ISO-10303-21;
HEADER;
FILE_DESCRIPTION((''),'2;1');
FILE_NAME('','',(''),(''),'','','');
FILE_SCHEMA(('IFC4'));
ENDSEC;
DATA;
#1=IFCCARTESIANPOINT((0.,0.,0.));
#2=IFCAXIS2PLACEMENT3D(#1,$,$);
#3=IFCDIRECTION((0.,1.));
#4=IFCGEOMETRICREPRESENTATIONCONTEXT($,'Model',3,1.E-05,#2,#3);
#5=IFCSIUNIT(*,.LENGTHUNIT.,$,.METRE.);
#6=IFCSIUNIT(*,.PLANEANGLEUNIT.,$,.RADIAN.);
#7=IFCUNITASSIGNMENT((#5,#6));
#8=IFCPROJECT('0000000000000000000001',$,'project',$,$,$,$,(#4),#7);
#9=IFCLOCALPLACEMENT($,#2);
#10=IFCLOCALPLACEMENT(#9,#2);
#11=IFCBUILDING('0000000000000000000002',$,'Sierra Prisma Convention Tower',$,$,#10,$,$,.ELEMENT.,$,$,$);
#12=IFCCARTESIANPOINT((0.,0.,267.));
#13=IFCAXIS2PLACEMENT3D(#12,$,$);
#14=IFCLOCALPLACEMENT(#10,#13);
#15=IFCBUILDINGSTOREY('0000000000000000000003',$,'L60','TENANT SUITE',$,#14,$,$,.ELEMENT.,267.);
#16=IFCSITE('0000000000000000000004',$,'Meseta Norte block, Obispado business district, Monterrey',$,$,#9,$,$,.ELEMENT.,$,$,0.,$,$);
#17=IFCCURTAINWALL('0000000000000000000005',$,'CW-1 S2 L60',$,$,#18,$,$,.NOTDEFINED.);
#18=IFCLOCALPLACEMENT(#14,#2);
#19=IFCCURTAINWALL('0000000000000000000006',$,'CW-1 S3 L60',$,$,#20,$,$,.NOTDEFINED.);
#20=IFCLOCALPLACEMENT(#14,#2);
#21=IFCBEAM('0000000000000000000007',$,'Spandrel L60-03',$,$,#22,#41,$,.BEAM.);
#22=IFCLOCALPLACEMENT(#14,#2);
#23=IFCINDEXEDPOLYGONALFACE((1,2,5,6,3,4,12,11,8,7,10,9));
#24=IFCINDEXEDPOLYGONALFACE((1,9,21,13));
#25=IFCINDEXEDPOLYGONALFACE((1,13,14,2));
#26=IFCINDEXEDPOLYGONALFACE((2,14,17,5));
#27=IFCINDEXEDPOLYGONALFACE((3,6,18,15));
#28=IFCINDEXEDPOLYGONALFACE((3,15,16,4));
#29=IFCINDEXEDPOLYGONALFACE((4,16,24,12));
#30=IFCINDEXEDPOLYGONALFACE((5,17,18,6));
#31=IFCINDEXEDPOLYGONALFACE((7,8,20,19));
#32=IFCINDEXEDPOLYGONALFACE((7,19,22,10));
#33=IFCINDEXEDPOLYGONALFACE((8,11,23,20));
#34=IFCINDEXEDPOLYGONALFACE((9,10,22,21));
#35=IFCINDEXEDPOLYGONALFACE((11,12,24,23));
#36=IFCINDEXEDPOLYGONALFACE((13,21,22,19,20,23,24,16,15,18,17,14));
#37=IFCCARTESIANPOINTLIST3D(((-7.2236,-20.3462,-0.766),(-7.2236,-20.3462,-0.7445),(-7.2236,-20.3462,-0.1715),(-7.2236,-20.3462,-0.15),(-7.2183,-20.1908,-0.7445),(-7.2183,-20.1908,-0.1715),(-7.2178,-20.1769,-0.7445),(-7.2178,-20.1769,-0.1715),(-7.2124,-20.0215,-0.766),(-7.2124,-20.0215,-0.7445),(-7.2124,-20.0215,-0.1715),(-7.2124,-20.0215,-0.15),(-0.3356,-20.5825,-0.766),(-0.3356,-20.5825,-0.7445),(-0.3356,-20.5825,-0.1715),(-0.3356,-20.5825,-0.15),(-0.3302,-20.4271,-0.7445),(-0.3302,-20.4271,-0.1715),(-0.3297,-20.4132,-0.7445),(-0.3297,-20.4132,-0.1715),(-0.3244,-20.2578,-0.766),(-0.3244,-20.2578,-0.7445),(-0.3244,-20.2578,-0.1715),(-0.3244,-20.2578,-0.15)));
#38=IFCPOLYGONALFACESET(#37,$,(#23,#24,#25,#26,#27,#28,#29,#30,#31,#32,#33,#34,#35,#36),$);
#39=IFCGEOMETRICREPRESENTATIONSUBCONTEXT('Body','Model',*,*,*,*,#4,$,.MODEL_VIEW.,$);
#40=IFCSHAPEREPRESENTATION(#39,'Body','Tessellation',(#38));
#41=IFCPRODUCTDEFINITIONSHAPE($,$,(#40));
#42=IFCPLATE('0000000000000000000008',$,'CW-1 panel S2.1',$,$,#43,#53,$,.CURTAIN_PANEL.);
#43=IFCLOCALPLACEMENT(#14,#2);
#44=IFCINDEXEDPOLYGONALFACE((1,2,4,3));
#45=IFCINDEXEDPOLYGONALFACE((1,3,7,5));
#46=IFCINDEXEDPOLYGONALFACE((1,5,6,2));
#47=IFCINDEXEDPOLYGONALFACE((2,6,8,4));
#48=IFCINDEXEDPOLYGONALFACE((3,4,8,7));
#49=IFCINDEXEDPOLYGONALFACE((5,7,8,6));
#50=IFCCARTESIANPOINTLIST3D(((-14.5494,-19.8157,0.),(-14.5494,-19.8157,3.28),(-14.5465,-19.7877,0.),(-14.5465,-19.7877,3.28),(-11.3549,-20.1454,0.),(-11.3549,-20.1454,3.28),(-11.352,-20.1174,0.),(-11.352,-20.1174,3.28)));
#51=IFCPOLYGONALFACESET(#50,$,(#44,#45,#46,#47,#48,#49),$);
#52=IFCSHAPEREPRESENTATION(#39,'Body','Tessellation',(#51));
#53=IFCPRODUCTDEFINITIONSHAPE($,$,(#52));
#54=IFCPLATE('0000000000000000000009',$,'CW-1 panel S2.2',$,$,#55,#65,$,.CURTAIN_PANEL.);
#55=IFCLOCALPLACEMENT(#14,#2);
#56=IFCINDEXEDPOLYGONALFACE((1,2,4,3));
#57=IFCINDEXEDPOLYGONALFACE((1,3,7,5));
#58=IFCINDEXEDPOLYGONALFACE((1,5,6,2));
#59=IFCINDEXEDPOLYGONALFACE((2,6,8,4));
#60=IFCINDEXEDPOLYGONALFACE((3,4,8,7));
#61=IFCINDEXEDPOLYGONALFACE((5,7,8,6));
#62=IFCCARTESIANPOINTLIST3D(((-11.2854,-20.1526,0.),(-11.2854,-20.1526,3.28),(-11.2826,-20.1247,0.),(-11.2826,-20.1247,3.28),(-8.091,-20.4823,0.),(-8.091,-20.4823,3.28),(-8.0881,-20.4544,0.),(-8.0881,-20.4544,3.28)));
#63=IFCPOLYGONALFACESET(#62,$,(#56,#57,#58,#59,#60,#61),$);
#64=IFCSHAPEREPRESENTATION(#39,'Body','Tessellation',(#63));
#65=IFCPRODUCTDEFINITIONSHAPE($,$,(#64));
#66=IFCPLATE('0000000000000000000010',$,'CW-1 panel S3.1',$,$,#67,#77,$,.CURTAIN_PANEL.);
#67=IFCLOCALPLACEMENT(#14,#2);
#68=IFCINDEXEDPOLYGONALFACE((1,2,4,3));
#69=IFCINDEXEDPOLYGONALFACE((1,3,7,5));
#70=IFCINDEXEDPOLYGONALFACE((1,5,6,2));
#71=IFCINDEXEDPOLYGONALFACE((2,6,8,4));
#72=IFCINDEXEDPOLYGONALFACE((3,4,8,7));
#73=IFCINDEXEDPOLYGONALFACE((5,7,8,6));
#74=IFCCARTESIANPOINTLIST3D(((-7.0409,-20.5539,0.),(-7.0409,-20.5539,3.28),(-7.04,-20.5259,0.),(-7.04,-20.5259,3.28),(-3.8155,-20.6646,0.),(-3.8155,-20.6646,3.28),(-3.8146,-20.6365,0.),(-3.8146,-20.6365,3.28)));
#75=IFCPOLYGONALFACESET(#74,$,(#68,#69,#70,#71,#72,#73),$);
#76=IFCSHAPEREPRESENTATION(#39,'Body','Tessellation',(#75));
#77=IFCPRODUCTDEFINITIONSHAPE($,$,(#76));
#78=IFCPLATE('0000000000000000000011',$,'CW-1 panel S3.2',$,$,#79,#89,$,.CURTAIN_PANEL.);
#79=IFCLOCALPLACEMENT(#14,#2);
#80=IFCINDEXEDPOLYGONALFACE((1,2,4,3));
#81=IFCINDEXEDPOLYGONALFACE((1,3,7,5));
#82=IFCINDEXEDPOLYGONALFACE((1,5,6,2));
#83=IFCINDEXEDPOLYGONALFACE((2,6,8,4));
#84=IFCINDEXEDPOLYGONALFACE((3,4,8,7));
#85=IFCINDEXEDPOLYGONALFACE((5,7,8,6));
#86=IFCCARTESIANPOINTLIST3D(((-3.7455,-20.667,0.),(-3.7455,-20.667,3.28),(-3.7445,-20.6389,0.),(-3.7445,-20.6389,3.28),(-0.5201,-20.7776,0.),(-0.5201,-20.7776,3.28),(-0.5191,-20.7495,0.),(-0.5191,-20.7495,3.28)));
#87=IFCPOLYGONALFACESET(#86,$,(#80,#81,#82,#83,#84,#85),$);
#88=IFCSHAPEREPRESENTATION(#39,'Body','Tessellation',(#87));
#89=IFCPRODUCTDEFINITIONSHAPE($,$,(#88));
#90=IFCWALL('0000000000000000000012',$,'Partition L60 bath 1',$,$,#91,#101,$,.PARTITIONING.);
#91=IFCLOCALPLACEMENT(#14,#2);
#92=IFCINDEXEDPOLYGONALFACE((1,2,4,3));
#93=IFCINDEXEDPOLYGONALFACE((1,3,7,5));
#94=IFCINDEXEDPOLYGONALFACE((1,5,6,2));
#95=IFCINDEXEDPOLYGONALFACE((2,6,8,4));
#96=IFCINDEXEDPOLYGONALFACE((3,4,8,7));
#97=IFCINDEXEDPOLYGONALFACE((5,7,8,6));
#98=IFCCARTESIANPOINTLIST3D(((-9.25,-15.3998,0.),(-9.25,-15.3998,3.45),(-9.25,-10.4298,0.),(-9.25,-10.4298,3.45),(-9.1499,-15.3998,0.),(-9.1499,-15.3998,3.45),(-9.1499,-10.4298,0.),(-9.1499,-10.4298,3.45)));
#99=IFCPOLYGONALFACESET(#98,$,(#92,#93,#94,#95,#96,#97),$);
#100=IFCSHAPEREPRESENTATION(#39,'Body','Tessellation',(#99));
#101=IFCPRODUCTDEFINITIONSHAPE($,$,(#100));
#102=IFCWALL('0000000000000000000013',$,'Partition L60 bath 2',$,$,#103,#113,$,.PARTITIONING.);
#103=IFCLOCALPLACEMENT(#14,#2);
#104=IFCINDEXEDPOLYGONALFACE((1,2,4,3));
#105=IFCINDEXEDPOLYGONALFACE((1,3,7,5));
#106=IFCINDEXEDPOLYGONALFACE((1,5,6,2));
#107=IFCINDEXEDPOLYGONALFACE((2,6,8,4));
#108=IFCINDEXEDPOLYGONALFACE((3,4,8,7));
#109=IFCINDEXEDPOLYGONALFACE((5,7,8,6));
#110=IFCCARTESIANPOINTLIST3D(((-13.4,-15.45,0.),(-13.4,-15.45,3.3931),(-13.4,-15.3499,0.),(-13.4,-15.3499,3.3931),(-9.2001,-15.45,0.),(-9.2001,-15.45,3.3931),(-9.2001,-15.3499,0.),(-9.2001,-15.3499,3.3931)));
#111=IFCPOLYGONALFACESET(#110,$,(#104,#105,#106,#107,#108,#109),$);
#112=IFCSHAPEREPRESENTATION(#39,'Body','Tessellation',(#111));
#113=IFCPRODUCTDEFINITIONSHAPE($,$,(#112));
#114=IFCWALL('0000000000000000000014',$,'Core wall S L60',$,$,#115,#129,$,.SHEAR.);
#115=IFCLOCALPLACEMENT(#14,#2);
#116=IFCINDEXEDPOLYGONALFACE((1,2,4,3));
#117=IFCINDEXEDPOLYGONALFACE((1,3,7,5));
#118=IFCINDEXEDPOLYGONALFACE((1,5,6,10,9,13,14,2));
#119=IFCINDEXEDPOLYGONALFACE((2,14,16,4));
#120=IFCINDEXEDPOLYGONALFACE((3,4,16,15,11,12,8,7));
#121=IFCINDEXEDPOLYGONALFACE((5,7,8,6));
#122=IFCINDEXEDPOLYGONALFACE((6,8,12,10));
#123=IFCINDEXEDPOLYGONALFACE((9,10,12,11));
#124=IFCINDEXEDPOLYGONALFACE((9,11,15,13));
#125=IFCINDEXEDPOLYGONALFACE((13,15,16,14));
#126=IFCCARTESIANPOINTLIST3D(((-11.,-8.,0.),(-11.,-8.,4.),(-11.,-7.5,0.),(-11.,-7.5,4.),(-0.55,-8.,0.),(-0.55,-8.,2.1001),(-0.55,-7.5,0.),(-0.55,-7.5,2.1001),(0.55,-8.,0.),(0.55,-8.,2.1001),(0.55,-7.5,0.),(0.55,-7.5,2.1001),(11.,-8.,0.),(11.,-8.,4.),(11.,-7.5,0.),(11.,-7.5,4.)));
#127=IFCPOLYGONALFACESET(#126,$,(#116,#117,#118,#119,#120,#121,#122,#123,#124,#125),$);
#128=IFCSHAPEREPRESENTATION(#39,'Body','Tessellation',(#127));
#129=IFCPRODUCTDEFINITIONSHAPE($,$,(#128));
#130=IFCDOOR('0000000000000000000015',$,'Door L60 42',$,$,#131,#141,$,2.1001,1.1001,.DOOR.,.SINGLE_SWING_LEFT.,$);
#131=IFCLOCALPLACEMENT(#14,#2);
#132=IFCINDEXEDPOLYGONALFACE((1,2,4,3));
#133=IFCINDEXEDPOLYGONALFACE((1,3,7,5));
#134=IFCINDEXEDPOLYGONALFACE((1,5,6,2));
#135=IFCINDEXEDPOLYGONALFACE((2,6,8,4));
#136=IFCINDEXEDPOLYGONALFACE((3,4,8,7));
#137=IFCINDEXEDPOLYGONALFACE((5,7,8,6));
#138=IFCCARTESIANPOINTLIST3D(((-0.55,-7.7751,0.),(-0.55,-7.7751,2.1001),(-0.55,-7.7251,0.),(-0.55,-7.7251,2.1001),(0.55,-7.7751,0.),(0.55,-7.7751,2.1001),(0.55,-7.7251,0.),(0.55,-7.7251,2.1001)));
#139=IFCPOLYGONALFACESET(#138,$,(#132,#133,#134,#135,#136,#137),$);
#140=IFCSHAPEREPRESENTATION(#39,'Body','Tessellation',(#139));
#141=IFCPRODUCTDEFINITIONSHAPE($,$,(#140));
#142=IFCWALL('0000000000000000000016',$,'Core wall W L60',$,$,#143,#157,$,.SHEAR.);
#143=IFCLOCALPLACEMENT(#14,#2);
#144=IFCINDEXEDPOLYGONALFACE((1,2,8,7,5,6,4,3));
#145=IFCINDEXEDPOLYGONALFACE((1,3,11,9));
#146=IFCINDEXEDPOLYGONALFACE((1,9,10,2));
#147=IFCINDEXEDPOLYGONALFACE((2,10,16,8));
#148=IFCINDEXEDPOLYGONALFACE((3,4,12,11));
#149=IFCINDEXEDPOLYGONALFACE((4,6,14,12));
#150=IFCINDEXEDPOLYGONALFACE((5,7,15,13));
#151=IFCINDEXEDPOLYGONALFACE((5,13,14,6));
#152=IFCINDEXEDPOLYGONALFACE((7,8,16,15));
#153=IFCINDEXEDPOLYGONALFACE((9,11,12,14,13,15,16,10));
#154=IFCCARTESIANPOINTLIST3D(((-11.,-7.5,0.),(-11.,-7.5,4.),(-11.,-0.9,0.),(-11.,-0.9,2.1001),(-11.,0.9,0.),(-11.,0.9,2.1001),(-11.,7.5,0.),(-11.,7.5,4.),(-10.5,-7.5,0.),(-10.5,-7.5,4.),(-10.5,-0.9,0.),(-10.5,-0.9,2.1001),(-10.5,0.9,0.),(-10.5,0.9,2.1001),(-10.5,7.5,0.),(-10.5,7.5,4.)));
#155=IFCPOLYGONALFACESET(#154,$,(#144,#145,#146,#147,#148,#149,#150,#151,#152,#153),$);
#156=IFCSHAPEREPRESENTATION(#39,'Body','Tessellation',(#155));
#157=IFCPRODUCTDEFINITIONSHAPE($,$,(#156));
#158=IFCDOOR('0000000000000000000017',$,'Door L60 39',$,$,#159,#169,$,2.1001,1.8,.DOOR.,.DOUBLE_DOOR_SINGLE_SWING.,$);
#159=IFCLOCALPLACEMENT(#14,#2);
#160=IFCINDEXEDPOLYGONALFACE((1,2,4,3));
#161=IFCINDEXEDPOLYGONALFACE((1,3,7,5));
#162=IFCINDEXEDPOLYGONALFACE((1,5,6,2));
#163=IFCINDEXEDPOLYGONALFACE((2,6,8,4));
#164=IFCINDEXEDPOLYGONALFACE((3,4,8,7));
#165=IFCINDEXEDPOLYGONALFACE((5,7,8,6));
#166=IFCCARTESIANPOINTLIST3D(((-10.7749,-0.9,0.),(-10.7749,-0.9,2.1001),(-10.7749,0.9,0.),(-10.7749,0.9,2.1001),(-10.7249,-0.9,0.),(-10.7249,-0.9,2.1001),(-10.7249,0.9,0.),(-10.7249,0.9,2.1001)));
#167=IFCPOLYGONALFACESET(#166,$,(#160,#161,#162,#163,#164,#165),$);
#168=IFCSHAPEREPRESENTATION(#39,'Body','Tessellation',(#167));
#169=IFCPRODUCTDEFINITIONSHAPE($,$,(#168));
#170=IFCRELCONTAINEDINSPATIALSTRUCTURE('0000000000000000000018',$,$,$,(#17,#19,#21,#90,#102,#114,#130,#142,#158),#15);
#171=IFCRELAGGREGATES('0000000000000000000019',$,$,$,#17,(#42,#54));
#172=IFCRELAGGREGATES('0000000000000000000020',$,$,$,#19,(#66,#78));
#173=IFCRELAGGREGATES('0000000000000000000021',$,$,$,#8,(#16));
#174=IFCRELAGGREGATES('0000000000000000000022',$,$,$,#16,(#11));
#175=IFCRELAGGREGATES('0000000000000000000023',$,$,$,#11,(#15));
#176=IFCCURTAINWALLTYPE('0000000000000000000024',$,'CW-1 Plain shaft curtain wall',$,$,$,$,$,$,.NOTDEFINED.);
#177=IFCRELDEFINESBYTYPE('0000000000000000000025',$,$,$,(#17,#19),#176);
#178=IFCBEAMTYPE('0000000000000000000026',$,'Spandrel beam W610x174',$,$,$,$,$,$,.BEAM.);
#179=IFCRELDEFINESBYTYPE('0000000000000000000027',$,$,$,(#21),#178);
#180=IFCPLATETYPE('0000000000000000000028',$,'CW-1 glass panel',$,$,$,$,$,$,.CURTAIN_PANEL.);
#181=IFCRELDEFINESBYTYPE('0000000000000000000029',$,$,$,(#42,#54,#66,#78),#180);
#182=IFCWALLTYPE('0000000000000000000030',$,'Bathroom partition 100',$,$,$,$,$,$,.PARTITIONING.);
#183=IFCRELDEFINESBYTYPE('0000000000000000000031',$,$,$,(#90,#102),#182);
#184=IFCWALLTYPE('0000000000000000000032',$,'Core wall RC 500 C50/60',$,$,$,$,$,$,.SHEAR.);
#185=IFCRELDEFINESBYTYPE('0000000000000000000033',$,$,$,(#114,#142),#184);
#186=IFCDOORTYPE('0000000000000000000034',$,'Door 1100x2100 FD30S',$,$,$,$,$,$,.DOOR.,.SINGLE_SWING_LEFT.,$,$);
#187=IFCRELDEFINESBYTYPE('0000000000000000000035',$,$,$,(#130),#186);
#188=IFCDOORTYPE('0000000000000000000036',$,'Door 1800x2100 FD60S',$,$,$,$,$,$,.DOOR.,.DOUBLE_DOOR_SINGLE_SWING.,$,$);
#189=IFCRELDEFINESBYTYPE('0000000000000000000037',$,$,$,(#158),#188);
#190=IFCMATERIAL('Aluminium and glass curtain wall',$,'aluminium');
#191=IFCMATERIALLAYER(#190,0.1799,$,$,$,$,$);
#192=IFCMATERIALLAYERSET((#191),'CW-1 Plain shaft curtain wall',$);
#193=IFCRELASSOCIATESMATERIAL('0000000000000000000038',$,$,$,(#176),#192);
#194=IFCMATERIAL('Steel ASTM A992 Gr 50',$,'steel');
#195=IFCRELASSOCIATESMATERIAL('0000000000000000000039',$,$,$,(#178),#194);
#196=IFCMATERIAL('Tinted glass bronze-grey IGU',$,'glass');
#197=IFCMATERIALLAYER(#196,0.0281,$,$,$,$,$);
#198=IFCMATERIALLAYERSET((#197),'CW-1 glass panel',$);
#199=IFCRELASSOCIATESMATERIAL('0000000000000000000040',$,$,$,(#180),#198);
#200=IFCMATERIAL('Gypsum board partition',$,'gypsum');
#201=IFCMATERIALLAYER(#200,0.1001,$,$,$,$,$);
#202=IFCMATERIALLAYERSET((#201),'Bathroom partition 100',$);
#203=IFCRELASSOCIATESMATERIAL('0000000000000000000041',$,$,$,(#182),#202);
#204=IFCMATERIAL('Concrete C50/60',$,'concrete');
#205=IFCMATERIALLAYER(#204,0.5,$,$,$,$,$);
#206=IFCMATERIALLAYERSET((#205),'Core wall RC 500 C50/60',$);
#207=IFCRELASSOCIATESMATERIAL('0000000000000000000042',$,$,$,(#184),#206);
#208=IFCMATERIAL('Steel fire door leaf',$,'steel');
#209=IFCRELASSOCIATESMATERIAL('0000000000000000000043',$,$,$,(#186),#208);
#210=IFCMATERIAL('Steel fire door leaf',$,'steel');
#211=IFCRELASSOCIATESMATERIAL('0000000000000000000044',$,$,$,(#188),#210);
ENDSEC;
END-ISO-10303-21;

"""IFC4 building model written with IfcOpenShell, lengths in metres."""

from ifc_helpers import new_model, si_unit, direction, frame, frame_2d, origin, origin_2d, place, context, subcontext, project, spatial, rectangle, i_section, extrude, material, layer, layer_set, material_profile, profile_set, type_object, element, fill, aggregate, save


model = new_model("IFC4")

# Units and contexts
model_context = context("Model", 3, precision=1e-05, world=origin(), true_north=direction((0.0, 1.0)))
body_context = subcontext(model_context, "Body", "Model", "MODEL_VIEW")
ifc_project = project(units=[si_unit("LENGTHUNIT", "METRE"), si_unit("PLANEANGLEUNIT", "RADIAN")], contexts=[model_context])

# Site, building, storey
site_placement = place(None, origin())
site = spatial("IfcSite", under=ifc_project, at=site_placement, Name="Meseta Norte block, Obispado business district, Monterrey", CompositionType="ELEMENT", RefElevation=0.0)
building_placement = place(site_placement, origin())
building = spatial("IfcBuilding", under=site, at=building_placement, Name="Sierra Prisma Convention Tower", CompositionType="ELEMENT")
storey_placement = place(building_placement, frame((0.0, 0.0, 267.0)))
storey = spatial("IfcBuildingStorey", under=building, at=storey_placement, Name="L60", Description="TENANT SUITE", CompositionType="ELEMENT", Elevation=267.0)

# Curtain wall
ifc_material_1 = material(Name="Aluminium and glass curtain wall", Category="aluminium")
ifc_layer_1 = layer(ifc_material_1, 0.1799)
ifc_layer_set_1 = layer_set([ifc_layer_1], Name="CW-1 Plain shaft curtain wall")
curtain_wall_type = type_object("IfcCurtainWallType", Name="CW-1 Plain shaft curtain wall", PredefinedType="NOTDEFINED", material=ifc_layer_set_1)
curtain_wall_1_placement = place(storey_placement, origin())
curtain_wall_1 = element("IfcCurtainWall", 1, at=curtain_wall_1_placement, inside=storey, type_object=curtain_wall_type, Name="CW-1 S2 L60", PredefinedType="NOTDEFINED")

# Curtain wall
curtain_wall_2_placement = place(storey_placement, origin())
curtain_wall_2 = element("IfcCurtainWall", 2, at=curtain_wall_2_placement, inside=storey, type_object=curtain_wall_type, Name="CW-1 S3 L60", PredefinedType="NOTDEFINED")

# Beam
ifc_material_2 = material(Name="Steel ASTM A992 Gr 50", Category="steel")
ifc_material_profile_1 = material_profile(ifc_material_2, i_section(OverallWidth=0.325, OverallDepth=0.616, WebThickness=0.0139, FlangeThickness=0.0215, at=origin_2d()), Name="W610x174")
ifc_profile_set_1 = profile_set([ifc_material_profile_1], Name="Steel ASTM A992 Gr 50")
beam_type_1 = type_object("IfcBeamType", Name="Spandrel beam W610x174", PredefinedType="BEAM", material=ifc_profile_set_1)
beam_1_placement = place(storey_placement, frame((-7.218, -20.1838, -0.458), z_axis=(0.999412, -0.03429, 0.0), x_axis=(0.03429, 0.999412, 0.0)))
element("IfcBeam", 3, at=beam_1_placement, inside=storey, type_object=beam_type_1, Name="Spandrel L60-03", PredefinedType="BEAM", context=body_context, shape_type="SweptSolid", body=[
    extrude(i_section(OverallWidth=0.325, OverallDepth=0.616, WebThickness=0.0139, FlangeThickness=0.0215, at=origin_2d()), origin(), (0.0, 0.0, 1.0), 6.8921),
])

# Plates
ifc_material_3 = material(Name="Tinted glass bronze-grey IGU", Category="glass")
ifc_layer_2 = layer(ifc_material_3, 0.0281)
ifc_layer_set_2 = layer_set([ifc_layer_2], Name="CW-1 glass panel")
plate_type = type_object("IfcPlateType", Name="CW-1 glass panel", PredefinedType="CURTAIN_PANEL", material=ifc_layer_set_2)
plate_1_placement = place(storey_placement, frame((-12.9507, -19.9666, 0.0), z_axis=(0.0, 0.0, 1.0), x_axis=(0.994716, -0.102665, 0.0)))
plate_1 = element("IfcPlate", 4, at=plate_1_placement, type_object=plate_type, Name="CW-1 panel S2.1", PredefinedType="CURTAIN_PANEL", context=body_context, shape_type="SweptSolid", body=[
    extrude(rectangle(XDim=3.2114, YDim=0.0281, at=origin_2d()), origin(), (0.0, 0.0, 1.0), 3.28),
])
plate_2_placement = place(storey_placement, frame((-9.6868, -20.3035, 0.0), z_axis=(0.0, 0.0, 1.0), x_axis=(0.994716, -0.102665, 0.0)))
plate_2 = element("IfcPlate", 5, at=plate_2_placement, type_object=plate_type, Name="CW-1 panel S2.2", PredefinedType="CURTAIN_PANEL", context=body_context, shape_type="SweptSolid", body=[
    extrude(rectangle(XDim=3.2114, YDim=0.0281, at=origin_2d()), origin(), (0.0, 0.0, 1.0), 3.28),
])
aggregate(curtain_wall_1, [plate_1, plate_2])
plate_3_placement = place(storey_placement, frame((-5.4277, -20.5952, 0.0), z_axis=(0.0, 0.0, 1.0), x_axis=(0.999412, -0.034275, 0.0)))
plate_3 = element("IfcPlate", 6, at=plate_3_placement, type_object=plate_type, Name="CW-1 panel S3.1", PredefinedType="CURTAIN_PANEL", context=body_context, shape_type="SweptSolid", body=[
    extrude(rectangle(XDim=3.2273, YDim=0.0281, at=origin_2d()), origin(), (0.0, 0.0, 1.0), 3.28),
])
plate_4_placement = place(storey_placement, frame((-2.1323, -20.7083, 0.0), z_axis=(0.0, 0.0, 1.0), x_axis=(0.999412, -0.034275, 0.0)))
plate_4 = element("IfcPlate", 7, at=plate_4_placement, type_object=plate_type, Name="CW-1 panel S3.2", PredefinedType="CURTAIN_PANEL", context=body_context, shape_type="SweptSolid", body=[
    extrude(rectangle(XDim=3.2273, YDim=0.0281, at=origin_2d()), origin(), (0.0, 0.0, 1.0), 3.28),
])
aggregate(curtain_wall_2, [plate_3, plate_4])

# Walls
ifc_material_4 = material(Name="Gypsum board partition", Category="gypsum")
ifc_layer_3 = layer(ifc_material_4, 0.1001)
ifc_layer_set_3 = layer_set([ifc_layer_3], Name="Bathroom partition 100")
wall_type_1 = type_object("IfcWallType", Name="Bathroom partition 100", PredefinedType="PARTITIONING", material=ifc_layer_set_3)
wall_1_placement = place(storey_placement, frame((-9.2, -10.4299, 0.0), z_axis=(0.0, 0.0, 1.0), x_axis=(0.0, -1.0, 0.0)))
element("IfcWall", 8, at=wall_1_placement, inside=storey, type_object=wall_type_1, Name="Partition L60 bath 1", PredefinedType="PARTITIONING", context=body_context, shape_type="SweptSolid", body=[
    extrude(rectangle(XDim=4.97, YDim=0.1001, at=frame_2d((2.4849, 0.0))), origin(), (0.0, 0.0, 1.0), 3.45),
])
wall_2_placement = place(storey_placement, frame((-9.2, -15.3999, 0.0), z_axis=(0.0, 0.0, 1.0), x_axis=(-1.0, 0.0, 0.0)))
element("IfcWall", 9, at=wall_2_placement, inside=storey, type_object=wall_type_1, Name="Partition L60 bath 2", PredefinedType="PARTITIONING", context=body_context, shape_type="SweptSolid", body=[
    extrude(rectangle(XDim=4.2, YDim=0.1001, at=frame_2d((2.1001, 0.0))), origin(), (0.0, 0.0, 1.0), 3.3931),
])

# Walls, openings, doors
ifc_material_5 = material(Name="Concrete C50/60", Category="concrete")
ifc_layer_4 = layer(ifc_material_5, 0.5)
ifc_layer_set_4 = layer_set([ifc_layer_4], Name="Core wall RC 500 C50/60")
wall_type_2 = type_object("IfcWallType", Name="Core wall RC 500 C50/60", PredefinedType="SHEAR", material=ifc_layer_set_4)
wall_3_placement = place(storey_placement, frame((-11.0, -7.75, 0.0), z_axis=(0.0, 0.0, 1.0), x_axis=(1.0, 0.0, 0.0)))
wall_3 = element("IfcWall", 10, at=wall_3_placement, inside=storey, type_object=wall_type_2, Name="Core wall S L60", PredefinedType="SHEAR", context=body_context, shape_type="SweptSolid", body=[
    extrude(rectangle(XDim=22.0, YDim=0.5, at=frame_2d((11.0, 0.0))), origin(), (0.0, 0.0, 1.0), 4.0),
])
opening_1_placement = place(wall_3_placement, frame((10.45, 0.0, 0.0)))
opening_1 = element("IfcOpeningElement", 11, at=opening_1_placement, cuts=wall_3, PredefinedType="OPENING", context=body_context, shape_type="SweptSolid", body=[
    extrude(rectangle(XDim=1.1001, YDim=2.1001, at=frame_2d((0.55, 1.05))), frame((0.0, 0.25, 0.0), z_axis=(0.0, -1.0, 0.0), x_axis=(1.0, 0.0, 0.0)), (0.0, 0.0, 1.0), 0.5),
])
ifc_material_6 = material(Name="Steel fire door leaf", Category="steel")
door_type_1 = type_object("IfcDoorType", Name="Door 1100x2100 FD30S", OperationType="SINGLE_SWING_LEFT", PredefinedType="DOOR", material=ifc_material_6)
door_1_placement = place(opening_1_placement, origin())
door_1 = element("IfcDoor", 12, at=door_1_placement, inside=storey, type_object=door_type_1, Name="Door L60 42", OperationType="SINGLE_SWING_LEFT", OverallHeight=2.1001, OverallWidth=1.1001, PredefinedType="DOOR", context=body_context, shape_type="SweptSolid", body=[
    extrude(rectangle(XDim=1.1001, YDim=2.1001, at=frame_2d((0.55, 1.05))), frame((0.0, 0.0249, 0.0), z_axis=(0.0, -1.0, 0.0), x_axis=(1.0, 0.0, 0.0)), (0.0, 0.0, 1.0), 0.05),
])
fill(opening_1, door_1)
wall_4_placement = place(storey_placement, frame((-10.75, -7.5, 0.0), z_axis=(0.0, 0.0, 1.0), x_axis=(0.0, 1.0, 0.0)))
wall_4 = element("IfcWall", 13, at=wall_4_placement, inside=storey, type_object=wall_type_2, Name="Core wall W L60", PredefinedType="SHEAR", context=body_context, shape_type="SweptSolid", body=[
    extrude(rectangle(XDim=15.0, YDim=0.5, at=frame_2d((7.5, 0.0))), origin(), (0.0, 0.0, 1.0), 4.0),
])
opening_2_placement = place(wall_4_placement, frame((6.6001, 0.0, 0.0)))
opening_2 = element("IfcOpeningElement", 14, at=opening_2_placement, cuts=wall_4, PredefinedType="OPENING", context=body_context, shape_type="SweptSolid", body=[
    extrude(rectangle(XDim=1.8, YDim=2.1001, at=frame_2d((0.8999, 1.05))), frame((0.0, 0.25, 0.0), z_axis=(0.0, -1.0, 0.0), x_axis=(1.0, 0.0, 0.0)), (0.0, 0.0, 1.0), 0.5),
])
ifc_material_7 = material(Name="Steel fire door leaf", Category="steel")
door_type_2 = type_object("IfcDoorType", Name="Door 1800x2100 FD60S", OperationType="DOUBLE_DOOR_SINGLE_SWING", PredefinedType="DOOR", material=ifc_material_7)
door_2_placement = place(opening_2_placement, origin())
door_2 = element("IfcDoor", 15, at=door_2_placement, inside=storey, type_object=door_type_2, Name="Door L60 39", OperationType="DOUBLE_DOOR_SINGLE_SWING", OverallHeight=2.1001, OverallWidth=1.8, PredefinedType="DOOR", context=body_context, shape_type="SweptSolid", body=[
    extrude(rectangle(XDim=1.8, YDim=2.1001, at=frame_2d((0.8999, 1.05))), frame((0.0, 0.0249, 0.0), z_axis=(0.0, -1.0, 0.0), x_axis=(1.0, 0.0, 0.0)), (0.0, 0.0, 1.0), 0.05),
])
fill(opening_2, door_2)

save(model, "model.ifc")
